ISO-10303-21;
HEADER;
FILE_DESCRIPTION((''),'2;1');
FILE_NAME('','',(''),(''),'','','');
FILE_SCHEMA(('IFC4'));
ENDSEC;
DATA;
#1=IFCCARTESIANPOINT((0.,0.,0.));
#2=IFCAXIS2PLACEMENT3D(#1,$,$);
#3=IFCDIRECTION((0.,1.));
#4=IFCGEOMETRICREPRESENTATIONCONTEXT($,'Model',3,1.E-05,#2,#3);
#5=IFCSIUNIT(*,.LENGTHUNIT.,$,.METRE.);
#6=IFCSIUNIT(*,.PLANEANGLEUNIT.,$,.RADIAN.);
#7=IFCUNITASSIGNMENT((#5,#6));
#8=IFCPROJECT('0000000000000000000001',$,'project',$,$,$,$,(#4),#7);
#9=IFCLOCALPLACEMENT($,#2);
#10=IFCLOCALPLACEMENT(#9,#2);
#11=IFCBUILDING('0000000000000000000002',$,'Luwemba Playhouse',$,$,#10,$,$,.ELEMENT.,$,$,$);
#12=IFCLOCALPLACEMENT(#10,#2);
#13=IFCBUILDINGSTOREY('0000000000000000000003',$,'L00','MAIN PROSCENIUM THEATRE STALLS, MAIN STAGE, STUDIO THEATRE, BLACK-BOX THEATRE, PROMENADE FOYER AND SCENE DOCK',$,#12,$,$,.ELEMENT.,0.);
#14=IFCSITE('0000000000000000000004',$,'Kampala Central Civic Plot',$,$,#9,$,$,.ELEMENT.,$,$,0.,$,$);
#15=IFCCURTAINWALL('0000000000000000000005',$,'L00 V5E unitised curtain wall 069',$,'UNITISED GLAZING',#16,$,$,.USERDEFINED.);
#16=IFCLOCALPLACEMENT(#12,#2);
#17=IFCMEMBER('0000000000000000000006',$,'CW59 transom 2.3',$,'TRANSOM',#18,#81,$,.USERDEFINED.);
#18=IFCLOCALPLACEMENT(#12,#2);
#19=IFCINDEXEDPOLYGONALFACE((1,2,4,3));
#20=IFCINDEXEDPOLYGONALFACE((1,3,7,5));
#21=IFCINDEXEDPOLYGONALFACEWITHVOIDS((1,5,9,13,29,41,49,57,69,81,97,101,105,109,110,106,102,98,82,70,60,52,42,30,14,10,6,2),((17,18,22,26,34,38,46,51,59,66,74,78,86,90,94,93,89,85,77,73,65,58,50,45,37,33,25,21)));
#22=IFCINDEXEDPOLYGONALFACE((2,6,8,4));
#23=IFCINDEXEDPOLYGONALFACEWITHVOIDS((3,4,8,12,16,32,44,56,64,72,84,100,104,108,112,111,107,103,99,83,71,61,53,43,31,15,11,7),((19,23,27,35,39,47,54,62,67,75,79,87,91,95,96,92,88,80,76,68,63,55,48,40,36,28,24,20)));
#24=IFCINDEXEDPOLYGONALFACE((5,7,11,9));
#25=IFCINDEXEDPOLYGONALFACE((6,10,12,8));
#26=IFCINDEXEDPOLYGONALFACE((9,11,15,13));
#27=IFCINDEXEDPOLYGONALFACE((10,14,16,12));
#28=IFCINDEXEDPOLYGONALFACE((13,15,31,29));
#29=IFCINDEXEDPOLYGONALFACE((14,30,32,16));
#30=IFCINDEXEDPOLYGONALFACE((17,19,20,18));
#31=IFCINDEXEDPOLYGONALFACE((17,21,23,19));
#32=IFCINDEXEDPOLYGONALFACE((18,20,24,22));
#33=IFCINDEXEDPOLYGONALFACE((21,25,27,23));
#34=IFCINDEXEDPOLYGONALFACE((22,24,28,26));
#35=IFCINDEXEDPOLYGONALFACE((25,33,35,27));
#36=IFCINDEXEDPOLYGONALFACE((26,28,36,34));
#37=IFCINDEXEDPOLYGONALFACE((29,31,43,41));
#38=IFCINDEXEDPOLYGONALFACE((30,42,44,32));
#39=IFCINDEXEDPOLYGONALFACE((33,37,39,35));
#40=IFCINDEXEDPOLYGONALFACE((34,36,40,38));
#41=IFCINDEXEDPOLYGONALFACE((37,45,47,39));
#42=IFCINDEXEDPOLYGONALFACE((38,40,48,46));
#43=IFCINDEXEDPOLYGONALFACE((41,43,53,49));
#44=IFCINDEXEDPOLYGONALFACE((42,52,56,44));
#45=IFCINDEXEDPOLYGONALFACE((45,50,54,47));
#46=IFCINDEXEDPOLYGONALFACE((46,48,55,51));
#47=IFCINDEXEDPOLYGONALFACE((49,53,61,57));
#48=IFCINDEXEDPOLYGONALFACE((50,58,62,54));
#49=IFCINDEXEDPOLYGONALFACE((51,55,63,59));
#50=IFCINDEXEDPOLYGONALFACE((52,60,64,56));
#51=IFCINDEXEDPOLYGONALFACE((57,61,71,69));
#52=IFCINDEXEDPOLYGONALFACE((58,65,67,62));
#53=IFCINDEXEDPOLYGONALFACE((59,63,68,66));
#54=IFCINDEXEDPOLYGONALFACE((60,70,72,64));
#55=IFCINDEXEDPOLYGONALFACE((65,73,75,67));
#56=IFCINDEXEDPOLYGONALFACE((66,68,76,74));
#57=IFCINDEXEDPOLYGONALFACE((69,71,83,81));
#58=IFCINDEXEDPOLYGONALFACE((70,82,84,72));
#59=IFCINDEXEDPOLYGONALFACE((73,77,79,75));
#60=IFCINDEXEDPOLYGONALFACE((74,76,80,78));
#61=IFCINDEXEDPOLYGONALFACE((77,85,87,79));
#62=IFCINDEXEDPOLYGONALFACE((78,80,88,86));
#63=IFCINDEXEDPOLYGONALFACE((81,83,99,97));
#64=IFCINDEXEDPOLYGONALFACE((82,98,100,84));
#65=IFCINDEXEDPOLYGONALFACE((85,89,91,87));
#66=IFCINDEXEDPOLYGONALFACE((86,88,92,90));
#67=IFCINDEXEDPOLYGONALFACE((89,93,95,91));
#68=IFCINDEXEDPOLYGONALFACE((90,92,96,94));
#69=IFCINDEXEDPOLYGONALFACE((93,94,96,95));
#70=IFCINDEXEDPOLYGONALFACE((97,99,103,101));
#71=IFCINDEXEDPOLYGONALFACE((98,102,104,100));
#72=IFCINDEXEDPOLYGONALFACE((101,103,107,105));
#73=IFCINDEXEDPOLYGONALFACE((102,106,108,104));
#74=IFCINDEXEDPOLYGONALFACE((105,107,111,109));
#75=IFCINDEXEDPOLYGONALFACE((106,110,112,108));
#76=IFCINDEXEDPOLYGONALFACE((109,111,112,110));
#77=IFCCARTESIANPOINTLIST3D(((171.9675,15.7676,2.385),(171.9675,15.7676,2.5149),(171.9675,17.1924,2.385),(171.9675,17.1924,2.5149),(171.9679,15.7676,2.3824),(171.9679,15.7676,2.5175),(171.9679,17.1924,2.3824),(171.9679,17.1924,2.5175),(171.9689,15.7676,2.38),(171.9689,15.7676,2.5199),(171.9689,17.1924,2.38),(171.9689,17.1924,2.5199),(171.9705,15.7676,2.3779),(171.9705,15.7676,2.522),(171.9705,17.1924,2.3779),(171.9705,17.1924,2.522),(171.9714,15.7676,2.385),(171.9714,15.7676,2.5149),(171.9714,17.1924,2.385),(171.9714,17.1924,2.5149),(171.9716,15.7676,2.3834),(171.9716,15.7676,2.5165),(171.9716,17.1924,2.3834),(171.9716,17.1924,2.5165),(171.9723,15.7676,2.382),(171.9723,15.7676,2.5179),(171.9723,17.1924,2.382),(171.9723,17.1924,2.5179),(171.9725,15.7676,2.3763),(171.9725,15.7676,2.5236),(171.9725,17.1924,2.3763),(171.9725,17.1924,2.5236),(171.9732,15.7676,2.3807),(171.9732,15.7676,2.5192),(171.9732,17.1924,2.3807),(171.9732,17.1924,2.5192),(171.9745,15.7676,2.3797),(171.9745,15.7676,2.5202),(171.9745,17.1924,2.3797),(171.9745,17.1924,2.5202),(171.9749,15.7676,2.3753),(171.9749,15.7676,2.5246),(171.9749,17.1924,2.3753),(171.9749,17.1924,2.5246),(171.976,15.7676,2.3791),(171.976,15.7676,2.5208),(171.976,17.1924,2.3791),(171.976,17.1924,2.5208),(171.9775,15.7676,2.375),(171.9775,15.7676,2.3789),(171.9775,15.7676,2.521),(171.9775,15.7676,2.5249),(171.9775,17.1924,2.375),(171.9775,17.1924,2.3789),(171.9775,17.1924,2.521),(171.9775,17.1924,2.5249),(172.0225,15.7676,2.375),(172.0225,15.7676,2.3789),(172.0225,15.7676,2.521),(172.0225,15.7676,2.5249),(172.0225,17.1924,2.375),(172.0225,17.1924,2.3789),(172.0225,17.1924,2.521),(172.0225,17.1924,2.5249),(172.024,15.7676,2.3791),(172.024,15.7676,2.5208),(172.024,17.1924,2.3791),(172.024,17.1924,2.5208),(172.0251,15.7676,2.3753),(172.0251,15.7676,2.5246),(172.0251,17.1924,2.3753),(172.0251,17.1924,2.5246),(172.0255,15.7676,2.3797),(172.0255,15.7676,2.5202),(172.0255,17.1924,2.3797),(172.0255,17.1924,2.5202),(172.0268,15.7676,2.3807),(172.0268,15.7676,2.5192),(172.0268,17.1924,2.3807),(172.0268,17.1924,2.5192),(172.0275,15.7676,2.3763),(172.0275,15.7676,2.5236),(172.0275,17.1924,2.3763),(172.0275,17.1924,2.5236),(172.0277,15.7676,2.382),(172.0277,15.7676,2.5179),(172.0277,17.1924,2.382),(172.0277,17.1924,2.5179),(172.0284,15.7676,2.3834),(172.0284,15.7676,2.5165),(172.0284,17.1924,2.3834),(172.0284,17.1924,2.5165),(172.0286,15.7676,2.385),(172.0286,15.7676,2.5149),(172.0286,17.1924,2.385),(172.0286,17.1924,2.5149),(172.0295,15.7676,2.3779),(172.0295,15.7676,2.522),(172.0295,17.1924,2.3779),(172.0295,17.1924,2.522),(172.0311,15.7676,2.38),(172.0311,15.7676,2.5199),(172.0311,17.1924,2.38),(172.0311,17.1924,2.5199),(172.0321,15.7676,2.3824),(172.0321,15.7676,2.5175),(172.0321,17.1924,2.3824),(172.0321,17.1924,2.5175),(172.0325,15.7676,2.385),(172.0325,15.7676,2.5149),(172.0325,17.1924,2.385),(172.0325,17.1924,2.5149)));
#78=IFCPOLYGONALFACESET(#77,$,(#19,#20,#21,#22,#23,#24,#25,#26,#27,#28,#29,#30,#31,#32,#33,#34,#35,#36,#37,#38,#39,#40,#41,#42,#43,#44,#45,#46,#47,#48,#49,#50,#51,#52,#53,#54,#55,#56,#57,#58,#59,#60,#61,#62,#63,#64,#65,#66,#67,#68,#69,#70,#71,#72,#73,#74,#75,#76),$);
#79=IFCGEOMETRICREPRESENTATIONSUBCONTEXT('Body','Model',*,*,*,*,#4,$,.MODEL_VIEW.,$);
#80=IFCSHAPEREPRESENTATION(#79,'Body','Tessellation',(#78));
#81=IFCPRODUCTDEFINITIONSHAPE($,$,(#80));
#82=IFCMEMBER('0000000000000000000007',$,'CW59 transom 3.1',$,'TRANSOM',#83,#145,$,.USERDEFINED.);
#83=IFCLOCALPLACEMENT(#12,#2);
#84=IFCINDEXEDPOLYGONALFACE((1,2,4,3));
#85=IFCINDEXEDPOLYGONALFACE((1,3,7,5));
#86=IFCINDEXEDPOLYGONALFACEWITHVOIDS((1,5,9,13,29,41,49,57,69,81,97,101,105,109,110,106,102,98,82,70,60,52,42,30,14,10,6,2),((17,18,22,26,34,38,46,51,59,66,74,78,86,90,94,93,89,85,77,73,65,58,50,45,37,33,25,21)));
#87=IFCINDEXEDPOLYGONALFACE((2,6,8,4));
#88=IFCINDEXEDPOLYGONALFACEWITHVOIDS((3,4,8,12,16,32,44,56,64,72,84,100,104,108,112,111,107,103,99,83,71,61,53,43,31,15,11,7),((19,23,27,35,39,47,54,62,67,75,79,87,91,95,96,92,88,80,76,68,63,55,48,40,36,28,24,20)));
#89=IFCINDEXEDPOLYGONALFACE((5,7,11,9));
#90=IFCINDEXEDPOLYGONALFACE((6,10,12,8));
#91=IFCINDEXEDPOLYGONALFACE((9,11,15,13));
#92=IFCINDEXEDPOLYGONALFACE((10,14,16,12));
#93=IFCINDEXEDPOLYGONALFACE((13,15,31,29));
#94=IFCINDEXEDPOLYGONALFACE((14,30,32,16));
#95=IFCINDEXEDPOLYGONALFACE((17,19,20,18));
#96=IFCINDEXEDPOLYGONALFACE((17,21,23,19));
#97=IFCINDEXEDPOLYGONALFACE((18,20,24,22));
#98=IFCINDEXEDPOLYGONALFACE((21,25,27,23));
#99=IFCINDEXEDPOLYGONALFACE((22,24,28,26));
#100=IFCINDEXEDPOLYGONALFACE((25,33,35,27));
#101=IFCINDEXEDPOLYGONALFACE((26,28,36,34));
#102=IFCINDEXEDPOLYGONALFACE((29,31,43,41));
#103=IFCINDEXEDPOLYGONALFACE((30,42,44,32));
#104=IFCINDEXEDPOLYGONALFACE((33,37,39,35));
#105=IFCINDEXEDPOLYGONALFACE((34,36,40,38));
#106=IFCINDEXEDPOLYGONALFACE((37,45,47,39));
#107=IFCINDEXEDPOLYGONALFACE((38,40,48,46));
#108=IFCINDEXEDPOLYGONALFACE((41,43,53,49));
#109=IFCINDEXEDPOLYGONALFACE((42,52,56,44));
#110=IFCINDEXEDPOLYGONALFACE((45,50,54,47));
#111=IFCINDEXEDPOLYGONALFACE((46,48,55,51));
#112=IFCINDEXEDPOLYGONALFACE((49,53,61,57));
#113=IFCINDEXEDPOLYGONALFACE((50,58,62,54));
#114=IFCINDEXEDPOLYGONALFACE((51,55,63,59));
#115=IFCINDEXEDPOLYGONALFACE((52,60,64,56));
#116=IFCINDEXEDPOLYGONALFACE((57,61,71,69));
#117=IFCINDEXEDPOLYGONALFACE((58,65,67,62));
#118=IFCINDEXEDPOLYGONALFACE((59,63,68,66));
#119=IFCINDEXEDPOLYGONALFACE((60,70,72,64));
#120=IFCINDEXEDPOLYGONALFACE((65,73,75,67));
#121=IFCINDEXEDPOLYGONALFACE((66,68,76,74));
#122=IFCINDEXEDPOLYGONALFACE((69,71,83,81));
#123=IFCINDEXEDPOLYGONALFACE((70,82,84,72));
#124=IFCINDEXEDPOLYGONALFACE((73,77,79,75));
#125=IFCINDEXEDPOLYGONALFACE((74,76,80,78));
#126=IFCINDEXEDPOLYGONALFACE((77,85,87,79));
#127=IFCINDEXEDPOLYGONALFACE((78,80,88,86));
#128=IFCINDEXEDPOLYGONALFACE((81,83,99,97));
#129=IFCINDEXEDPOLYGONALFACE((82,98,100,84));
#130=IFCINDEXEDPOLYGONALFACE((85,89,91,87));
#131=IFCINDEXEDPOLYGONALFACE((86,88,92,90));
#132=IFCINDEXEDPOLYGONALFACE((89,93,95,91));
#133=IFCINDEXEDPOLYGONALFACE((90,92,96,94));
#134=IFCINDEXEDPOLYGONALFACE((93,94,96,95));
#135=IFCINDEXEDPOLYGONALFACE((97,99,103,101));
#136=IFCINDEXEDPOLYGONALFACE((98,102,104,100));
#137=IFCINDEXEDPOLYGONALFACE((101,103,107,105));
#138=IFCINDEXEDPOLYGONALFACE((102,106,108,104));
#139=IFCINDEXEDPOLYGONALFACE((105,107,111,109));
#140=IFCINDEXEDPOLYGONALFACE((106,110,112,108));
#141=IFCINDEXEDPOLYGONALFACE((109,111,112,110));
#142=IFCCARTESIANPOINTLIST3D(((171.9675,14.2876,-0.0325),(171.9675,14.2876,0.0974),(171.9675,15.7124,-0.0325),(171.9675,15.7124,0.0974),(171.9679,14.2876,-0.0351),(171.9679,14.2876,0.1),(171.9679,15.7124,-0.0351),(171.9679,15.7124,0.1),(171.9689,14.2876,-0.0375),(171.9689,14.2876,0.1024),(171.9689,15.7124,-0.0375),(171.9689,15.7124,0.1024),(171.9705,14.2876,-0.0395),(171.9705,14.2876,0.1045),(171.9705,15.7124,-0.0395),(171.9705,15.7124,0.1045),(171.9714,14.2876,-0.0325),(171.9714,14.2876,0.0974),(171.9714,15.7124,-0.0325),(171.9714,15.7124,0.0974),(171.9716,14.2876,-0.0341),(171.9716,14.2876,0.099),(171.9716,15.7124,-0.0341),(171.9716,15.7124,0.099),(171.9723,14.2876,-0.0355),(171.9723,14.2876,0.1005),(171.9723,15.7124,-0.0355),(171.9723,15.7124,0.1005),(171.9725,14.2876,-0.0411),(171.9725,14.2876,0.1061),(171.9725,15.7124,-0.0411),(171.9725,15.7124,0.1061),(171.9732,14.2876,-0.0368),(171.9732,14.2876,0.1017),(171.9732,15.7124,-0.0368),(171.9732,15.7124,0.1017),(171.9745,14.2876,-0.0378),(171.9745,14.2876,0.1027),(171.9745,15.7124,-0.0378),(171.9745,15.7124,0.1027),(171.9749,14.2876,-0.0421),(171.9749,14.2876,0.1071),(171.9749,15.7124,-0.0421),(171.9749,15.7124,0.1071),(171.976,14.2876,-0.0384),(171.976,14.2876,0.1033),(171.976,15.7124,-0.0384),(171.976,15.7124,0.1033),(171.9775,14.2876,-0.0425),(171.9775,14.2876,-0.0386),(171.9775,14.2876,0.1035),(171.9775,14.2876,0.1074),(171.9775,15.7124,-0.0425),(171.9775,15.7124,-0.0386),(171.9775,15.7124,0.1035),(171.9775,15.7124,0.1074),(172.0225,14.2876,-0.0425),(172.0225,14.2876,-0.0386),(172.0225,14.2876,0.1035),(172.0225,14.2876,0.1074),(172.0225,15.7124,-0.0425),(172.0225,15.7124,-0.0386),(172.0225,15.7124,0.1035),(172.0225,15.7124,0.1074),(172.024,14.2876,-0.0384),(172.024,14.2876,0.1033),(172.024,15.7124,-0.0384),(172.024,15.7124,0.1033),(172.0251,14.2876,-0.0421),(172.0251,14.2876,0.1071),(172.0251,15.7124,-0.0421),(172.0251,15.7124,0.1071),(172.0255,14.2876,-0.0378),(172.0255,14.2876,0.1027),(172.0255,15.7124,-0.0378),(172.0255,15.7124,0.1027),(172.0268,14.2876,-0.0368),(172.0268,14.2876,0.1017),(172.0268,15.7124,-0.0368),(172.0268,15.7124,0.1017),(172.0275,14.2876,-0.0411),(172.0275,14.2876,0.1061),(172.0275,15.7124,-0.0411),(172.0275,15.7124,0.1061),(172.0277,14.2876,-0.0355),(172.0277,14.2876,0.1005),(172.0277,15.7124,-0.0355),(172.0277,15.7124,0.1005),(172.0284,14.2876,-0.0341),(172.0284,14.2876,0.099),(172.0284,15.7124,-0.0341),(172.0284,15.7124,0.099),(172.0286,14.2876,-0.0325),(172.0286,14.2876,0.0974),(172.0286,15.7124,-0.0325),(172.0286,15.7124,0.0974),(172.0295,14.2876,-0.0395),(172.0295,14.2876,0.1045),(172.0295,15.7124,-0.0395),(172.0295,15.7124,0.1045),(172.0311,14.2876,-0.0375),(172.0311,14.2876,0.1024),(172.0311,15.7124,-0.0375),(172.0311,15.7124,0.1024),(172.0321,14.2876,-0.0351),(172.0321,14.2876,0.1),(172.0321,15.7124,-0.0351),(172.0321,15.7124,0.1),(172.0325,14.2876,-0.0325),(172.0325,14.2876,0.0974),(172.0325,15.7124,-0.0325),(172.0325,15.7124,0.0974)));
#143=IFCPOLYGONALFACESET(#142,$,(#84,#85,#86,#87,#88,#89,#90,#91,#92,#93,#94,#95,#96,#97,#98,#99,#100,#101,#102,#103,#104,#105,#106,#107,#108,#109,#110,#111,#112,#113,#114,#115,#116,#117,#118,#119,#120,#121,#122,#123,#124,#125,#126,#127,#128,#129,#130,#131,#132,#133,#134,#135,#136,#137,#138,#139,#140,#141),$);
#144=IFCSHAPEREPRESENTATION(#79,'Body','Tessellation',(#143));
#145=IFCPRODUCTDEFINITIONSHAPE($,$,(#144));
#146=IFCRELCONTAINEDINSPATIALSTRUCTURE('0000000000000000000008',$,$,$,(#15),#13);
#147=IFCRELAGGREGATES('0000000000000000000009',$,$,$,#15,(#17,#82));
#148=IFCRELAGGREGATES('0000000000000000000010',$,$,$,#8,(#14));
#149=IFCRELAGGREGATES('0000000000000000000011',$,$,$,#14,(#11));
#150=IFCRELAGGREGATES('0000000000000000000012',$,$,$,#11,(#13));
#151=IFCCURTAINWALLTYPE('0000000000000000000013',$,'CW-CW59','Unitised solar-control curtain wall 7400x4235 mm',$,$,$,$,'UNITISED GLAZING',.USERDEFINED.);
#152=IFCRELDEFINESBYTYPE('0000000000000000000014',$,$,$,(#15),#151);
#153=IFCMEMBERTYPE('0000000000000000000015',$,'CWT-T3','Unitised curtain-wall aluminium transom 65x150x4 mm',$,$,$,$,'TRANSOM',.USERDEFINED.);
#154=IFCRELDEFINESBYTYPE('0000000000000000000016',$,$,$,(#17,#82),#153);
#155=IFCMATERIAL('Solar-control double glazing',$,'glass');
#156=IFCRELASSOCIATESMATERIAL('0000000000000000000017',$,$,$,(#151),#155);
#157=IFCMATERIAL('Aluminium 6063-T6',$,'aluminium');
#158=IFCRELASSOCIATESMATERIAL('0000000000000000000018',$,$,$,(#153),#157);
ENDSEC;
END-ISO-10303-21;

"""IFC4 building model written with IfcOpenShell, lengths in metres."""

from ifc_helpers import new_model, si_unit, direction, frame, origin, origin_2d, place, context, subcontext, project, spatial, hollow_rectangle, extrude, material, material_profile, profile_set, type_object, element, aggregate, save


model = new_model("IFC4")

# Units and contexts
model_context = context("Model", 3, precision=1e-05, world=origin(), true_north=direction((0.0, 1.0)))
body_context = subcontext(model_context, "Body", "Model", "MODEL_VIEW")
ifc_project = project(units=[si_unit("LENGTHUNIT", "METRE"), si_unit("PLANEANGLEUNIT", "RADIAN")], contexts=[model_context])

# Site, building, storey
site_placement = place(None, origin())
site = spatial("IfcSite", under=ifc_project, at=site_placement, Name="Kampala Central Civic Plot", CompositionType="ELEMENT", RefElevation=0.0)
building_placement = place(site_placement, origin())
building = spatial("IfcBuilding", under=site, at=building_placement, Name="Luwemba Playhouse", CompositionType="ELEMENT")
storey_placement = place(building_placement, origin())
storey = spatial("IfcBuildingStorey", under=building, at=storey_placement, Name="L00", Description="MAIN PROSCENIUM THEATRE STALLS, MAIN STAGE, STUDIO THEATRE, BLACK-BOX THEATRE, PROMENADE FOYER AND SCENE DOCK", CompositionType="ELEMENT", Elevation=0.0)

# Curtain wall, members
ifc_material_1 = material(Name="Solar-control double glazing", Category="glass")
curtain_wall_type = type_object("IfcCurtainWallType", Name="CW-CW59", Description="Unitised solar-control curtain wall 7400x4235 mm", ElementType="UNITISED GLAZING", PredefinedType="USERDEFINED", material=ifc_material_1)
curtain_wall_placement = place(storey_placement, origin())
curtain_wall = element("IfcCurtainWall", 1, at=curtain_wall_placement, inside=storey, type_object=curtain_wall_type, Name="L00 V5E unitised curtain wall 069", ObjectType="UNITISED GLAZING", PredefinedType="USERDEFINED")
ifc_material_2 = material(Name="Aluminium 6063-T6", Category="aluminium")
ifc_material_profile_1 = material_profile(ifc_material_2, hollow_rectangle(XDim=0.0649, YDim=0.1499, WallThickness=0.0039, InnerFilletRadius=0.0061, OuterFilletRadius=0.01, at=origin_2d()))
ifc_profile_set_1 = profile_set([ifc_material_profile_1], Name="Aluminium 6063-T6")
member_type_1 = type_object("IfcMemberType", Name="CWT-T3", Description="Unitised curtain-wall aluminium transom 65x150x4 mm", ElementType="TRANSOM", PredefinedType="USERDEFINED", material=ifc_profile_set_1)
member_1_placement = place(storey_placement, frame((172.0, 17.1924, 2.45), z_axis=(0.0, -1.0, 0.0), x_axis=(1.0, 0.0, 0.0)))
member_1 = element("IfcMember", 2, at=member_1_placement, type_object=member_type_1, Name="CW59 transom 2.3", ObjectType="TRANSOM", PredefinedType="USERDEFINED", context=body_context, shape_type="SweptSolid", body=[
    extrude(hollow_rectangle(XDim=0.0649, YDim=0.1499, WallThickness=0.0039, InnerFilletRadius=0.0061, OuterFilletRadius=0.01, at=origin_2d()), origin(), (0.0, 0.0, 1.0), 1.4248),
])
member_2_placement = place(storey_placement, frame((172.0, 15.7124, 0.0325), z_axis=(0.0, -1.0, 0.0), x_axis=(1.0, 0.0, 0.0)))
member_2 = element("IfcMember", 3, at=member_2_placement, type_object=member_type_1, Name="CW59 transom 3.1", ObjectType="TRANSOM", PredefinedType="USERDEFINED", context=body_context, shape_type="SweptSolid", body=[
    extrude(hollow_rectangle(XDim=0.0649, YDim=0.1499, WallThickness=0.0039, InnerFilletRadius=0.0061, OuterFilletRadius=0.01, at=origin_2d()), origin(), (0.0, 0.0, 1.0), 1.4248),
])
aggregate(curtain_wall, [member_1, member_2])

save(model, "model.ifc")
